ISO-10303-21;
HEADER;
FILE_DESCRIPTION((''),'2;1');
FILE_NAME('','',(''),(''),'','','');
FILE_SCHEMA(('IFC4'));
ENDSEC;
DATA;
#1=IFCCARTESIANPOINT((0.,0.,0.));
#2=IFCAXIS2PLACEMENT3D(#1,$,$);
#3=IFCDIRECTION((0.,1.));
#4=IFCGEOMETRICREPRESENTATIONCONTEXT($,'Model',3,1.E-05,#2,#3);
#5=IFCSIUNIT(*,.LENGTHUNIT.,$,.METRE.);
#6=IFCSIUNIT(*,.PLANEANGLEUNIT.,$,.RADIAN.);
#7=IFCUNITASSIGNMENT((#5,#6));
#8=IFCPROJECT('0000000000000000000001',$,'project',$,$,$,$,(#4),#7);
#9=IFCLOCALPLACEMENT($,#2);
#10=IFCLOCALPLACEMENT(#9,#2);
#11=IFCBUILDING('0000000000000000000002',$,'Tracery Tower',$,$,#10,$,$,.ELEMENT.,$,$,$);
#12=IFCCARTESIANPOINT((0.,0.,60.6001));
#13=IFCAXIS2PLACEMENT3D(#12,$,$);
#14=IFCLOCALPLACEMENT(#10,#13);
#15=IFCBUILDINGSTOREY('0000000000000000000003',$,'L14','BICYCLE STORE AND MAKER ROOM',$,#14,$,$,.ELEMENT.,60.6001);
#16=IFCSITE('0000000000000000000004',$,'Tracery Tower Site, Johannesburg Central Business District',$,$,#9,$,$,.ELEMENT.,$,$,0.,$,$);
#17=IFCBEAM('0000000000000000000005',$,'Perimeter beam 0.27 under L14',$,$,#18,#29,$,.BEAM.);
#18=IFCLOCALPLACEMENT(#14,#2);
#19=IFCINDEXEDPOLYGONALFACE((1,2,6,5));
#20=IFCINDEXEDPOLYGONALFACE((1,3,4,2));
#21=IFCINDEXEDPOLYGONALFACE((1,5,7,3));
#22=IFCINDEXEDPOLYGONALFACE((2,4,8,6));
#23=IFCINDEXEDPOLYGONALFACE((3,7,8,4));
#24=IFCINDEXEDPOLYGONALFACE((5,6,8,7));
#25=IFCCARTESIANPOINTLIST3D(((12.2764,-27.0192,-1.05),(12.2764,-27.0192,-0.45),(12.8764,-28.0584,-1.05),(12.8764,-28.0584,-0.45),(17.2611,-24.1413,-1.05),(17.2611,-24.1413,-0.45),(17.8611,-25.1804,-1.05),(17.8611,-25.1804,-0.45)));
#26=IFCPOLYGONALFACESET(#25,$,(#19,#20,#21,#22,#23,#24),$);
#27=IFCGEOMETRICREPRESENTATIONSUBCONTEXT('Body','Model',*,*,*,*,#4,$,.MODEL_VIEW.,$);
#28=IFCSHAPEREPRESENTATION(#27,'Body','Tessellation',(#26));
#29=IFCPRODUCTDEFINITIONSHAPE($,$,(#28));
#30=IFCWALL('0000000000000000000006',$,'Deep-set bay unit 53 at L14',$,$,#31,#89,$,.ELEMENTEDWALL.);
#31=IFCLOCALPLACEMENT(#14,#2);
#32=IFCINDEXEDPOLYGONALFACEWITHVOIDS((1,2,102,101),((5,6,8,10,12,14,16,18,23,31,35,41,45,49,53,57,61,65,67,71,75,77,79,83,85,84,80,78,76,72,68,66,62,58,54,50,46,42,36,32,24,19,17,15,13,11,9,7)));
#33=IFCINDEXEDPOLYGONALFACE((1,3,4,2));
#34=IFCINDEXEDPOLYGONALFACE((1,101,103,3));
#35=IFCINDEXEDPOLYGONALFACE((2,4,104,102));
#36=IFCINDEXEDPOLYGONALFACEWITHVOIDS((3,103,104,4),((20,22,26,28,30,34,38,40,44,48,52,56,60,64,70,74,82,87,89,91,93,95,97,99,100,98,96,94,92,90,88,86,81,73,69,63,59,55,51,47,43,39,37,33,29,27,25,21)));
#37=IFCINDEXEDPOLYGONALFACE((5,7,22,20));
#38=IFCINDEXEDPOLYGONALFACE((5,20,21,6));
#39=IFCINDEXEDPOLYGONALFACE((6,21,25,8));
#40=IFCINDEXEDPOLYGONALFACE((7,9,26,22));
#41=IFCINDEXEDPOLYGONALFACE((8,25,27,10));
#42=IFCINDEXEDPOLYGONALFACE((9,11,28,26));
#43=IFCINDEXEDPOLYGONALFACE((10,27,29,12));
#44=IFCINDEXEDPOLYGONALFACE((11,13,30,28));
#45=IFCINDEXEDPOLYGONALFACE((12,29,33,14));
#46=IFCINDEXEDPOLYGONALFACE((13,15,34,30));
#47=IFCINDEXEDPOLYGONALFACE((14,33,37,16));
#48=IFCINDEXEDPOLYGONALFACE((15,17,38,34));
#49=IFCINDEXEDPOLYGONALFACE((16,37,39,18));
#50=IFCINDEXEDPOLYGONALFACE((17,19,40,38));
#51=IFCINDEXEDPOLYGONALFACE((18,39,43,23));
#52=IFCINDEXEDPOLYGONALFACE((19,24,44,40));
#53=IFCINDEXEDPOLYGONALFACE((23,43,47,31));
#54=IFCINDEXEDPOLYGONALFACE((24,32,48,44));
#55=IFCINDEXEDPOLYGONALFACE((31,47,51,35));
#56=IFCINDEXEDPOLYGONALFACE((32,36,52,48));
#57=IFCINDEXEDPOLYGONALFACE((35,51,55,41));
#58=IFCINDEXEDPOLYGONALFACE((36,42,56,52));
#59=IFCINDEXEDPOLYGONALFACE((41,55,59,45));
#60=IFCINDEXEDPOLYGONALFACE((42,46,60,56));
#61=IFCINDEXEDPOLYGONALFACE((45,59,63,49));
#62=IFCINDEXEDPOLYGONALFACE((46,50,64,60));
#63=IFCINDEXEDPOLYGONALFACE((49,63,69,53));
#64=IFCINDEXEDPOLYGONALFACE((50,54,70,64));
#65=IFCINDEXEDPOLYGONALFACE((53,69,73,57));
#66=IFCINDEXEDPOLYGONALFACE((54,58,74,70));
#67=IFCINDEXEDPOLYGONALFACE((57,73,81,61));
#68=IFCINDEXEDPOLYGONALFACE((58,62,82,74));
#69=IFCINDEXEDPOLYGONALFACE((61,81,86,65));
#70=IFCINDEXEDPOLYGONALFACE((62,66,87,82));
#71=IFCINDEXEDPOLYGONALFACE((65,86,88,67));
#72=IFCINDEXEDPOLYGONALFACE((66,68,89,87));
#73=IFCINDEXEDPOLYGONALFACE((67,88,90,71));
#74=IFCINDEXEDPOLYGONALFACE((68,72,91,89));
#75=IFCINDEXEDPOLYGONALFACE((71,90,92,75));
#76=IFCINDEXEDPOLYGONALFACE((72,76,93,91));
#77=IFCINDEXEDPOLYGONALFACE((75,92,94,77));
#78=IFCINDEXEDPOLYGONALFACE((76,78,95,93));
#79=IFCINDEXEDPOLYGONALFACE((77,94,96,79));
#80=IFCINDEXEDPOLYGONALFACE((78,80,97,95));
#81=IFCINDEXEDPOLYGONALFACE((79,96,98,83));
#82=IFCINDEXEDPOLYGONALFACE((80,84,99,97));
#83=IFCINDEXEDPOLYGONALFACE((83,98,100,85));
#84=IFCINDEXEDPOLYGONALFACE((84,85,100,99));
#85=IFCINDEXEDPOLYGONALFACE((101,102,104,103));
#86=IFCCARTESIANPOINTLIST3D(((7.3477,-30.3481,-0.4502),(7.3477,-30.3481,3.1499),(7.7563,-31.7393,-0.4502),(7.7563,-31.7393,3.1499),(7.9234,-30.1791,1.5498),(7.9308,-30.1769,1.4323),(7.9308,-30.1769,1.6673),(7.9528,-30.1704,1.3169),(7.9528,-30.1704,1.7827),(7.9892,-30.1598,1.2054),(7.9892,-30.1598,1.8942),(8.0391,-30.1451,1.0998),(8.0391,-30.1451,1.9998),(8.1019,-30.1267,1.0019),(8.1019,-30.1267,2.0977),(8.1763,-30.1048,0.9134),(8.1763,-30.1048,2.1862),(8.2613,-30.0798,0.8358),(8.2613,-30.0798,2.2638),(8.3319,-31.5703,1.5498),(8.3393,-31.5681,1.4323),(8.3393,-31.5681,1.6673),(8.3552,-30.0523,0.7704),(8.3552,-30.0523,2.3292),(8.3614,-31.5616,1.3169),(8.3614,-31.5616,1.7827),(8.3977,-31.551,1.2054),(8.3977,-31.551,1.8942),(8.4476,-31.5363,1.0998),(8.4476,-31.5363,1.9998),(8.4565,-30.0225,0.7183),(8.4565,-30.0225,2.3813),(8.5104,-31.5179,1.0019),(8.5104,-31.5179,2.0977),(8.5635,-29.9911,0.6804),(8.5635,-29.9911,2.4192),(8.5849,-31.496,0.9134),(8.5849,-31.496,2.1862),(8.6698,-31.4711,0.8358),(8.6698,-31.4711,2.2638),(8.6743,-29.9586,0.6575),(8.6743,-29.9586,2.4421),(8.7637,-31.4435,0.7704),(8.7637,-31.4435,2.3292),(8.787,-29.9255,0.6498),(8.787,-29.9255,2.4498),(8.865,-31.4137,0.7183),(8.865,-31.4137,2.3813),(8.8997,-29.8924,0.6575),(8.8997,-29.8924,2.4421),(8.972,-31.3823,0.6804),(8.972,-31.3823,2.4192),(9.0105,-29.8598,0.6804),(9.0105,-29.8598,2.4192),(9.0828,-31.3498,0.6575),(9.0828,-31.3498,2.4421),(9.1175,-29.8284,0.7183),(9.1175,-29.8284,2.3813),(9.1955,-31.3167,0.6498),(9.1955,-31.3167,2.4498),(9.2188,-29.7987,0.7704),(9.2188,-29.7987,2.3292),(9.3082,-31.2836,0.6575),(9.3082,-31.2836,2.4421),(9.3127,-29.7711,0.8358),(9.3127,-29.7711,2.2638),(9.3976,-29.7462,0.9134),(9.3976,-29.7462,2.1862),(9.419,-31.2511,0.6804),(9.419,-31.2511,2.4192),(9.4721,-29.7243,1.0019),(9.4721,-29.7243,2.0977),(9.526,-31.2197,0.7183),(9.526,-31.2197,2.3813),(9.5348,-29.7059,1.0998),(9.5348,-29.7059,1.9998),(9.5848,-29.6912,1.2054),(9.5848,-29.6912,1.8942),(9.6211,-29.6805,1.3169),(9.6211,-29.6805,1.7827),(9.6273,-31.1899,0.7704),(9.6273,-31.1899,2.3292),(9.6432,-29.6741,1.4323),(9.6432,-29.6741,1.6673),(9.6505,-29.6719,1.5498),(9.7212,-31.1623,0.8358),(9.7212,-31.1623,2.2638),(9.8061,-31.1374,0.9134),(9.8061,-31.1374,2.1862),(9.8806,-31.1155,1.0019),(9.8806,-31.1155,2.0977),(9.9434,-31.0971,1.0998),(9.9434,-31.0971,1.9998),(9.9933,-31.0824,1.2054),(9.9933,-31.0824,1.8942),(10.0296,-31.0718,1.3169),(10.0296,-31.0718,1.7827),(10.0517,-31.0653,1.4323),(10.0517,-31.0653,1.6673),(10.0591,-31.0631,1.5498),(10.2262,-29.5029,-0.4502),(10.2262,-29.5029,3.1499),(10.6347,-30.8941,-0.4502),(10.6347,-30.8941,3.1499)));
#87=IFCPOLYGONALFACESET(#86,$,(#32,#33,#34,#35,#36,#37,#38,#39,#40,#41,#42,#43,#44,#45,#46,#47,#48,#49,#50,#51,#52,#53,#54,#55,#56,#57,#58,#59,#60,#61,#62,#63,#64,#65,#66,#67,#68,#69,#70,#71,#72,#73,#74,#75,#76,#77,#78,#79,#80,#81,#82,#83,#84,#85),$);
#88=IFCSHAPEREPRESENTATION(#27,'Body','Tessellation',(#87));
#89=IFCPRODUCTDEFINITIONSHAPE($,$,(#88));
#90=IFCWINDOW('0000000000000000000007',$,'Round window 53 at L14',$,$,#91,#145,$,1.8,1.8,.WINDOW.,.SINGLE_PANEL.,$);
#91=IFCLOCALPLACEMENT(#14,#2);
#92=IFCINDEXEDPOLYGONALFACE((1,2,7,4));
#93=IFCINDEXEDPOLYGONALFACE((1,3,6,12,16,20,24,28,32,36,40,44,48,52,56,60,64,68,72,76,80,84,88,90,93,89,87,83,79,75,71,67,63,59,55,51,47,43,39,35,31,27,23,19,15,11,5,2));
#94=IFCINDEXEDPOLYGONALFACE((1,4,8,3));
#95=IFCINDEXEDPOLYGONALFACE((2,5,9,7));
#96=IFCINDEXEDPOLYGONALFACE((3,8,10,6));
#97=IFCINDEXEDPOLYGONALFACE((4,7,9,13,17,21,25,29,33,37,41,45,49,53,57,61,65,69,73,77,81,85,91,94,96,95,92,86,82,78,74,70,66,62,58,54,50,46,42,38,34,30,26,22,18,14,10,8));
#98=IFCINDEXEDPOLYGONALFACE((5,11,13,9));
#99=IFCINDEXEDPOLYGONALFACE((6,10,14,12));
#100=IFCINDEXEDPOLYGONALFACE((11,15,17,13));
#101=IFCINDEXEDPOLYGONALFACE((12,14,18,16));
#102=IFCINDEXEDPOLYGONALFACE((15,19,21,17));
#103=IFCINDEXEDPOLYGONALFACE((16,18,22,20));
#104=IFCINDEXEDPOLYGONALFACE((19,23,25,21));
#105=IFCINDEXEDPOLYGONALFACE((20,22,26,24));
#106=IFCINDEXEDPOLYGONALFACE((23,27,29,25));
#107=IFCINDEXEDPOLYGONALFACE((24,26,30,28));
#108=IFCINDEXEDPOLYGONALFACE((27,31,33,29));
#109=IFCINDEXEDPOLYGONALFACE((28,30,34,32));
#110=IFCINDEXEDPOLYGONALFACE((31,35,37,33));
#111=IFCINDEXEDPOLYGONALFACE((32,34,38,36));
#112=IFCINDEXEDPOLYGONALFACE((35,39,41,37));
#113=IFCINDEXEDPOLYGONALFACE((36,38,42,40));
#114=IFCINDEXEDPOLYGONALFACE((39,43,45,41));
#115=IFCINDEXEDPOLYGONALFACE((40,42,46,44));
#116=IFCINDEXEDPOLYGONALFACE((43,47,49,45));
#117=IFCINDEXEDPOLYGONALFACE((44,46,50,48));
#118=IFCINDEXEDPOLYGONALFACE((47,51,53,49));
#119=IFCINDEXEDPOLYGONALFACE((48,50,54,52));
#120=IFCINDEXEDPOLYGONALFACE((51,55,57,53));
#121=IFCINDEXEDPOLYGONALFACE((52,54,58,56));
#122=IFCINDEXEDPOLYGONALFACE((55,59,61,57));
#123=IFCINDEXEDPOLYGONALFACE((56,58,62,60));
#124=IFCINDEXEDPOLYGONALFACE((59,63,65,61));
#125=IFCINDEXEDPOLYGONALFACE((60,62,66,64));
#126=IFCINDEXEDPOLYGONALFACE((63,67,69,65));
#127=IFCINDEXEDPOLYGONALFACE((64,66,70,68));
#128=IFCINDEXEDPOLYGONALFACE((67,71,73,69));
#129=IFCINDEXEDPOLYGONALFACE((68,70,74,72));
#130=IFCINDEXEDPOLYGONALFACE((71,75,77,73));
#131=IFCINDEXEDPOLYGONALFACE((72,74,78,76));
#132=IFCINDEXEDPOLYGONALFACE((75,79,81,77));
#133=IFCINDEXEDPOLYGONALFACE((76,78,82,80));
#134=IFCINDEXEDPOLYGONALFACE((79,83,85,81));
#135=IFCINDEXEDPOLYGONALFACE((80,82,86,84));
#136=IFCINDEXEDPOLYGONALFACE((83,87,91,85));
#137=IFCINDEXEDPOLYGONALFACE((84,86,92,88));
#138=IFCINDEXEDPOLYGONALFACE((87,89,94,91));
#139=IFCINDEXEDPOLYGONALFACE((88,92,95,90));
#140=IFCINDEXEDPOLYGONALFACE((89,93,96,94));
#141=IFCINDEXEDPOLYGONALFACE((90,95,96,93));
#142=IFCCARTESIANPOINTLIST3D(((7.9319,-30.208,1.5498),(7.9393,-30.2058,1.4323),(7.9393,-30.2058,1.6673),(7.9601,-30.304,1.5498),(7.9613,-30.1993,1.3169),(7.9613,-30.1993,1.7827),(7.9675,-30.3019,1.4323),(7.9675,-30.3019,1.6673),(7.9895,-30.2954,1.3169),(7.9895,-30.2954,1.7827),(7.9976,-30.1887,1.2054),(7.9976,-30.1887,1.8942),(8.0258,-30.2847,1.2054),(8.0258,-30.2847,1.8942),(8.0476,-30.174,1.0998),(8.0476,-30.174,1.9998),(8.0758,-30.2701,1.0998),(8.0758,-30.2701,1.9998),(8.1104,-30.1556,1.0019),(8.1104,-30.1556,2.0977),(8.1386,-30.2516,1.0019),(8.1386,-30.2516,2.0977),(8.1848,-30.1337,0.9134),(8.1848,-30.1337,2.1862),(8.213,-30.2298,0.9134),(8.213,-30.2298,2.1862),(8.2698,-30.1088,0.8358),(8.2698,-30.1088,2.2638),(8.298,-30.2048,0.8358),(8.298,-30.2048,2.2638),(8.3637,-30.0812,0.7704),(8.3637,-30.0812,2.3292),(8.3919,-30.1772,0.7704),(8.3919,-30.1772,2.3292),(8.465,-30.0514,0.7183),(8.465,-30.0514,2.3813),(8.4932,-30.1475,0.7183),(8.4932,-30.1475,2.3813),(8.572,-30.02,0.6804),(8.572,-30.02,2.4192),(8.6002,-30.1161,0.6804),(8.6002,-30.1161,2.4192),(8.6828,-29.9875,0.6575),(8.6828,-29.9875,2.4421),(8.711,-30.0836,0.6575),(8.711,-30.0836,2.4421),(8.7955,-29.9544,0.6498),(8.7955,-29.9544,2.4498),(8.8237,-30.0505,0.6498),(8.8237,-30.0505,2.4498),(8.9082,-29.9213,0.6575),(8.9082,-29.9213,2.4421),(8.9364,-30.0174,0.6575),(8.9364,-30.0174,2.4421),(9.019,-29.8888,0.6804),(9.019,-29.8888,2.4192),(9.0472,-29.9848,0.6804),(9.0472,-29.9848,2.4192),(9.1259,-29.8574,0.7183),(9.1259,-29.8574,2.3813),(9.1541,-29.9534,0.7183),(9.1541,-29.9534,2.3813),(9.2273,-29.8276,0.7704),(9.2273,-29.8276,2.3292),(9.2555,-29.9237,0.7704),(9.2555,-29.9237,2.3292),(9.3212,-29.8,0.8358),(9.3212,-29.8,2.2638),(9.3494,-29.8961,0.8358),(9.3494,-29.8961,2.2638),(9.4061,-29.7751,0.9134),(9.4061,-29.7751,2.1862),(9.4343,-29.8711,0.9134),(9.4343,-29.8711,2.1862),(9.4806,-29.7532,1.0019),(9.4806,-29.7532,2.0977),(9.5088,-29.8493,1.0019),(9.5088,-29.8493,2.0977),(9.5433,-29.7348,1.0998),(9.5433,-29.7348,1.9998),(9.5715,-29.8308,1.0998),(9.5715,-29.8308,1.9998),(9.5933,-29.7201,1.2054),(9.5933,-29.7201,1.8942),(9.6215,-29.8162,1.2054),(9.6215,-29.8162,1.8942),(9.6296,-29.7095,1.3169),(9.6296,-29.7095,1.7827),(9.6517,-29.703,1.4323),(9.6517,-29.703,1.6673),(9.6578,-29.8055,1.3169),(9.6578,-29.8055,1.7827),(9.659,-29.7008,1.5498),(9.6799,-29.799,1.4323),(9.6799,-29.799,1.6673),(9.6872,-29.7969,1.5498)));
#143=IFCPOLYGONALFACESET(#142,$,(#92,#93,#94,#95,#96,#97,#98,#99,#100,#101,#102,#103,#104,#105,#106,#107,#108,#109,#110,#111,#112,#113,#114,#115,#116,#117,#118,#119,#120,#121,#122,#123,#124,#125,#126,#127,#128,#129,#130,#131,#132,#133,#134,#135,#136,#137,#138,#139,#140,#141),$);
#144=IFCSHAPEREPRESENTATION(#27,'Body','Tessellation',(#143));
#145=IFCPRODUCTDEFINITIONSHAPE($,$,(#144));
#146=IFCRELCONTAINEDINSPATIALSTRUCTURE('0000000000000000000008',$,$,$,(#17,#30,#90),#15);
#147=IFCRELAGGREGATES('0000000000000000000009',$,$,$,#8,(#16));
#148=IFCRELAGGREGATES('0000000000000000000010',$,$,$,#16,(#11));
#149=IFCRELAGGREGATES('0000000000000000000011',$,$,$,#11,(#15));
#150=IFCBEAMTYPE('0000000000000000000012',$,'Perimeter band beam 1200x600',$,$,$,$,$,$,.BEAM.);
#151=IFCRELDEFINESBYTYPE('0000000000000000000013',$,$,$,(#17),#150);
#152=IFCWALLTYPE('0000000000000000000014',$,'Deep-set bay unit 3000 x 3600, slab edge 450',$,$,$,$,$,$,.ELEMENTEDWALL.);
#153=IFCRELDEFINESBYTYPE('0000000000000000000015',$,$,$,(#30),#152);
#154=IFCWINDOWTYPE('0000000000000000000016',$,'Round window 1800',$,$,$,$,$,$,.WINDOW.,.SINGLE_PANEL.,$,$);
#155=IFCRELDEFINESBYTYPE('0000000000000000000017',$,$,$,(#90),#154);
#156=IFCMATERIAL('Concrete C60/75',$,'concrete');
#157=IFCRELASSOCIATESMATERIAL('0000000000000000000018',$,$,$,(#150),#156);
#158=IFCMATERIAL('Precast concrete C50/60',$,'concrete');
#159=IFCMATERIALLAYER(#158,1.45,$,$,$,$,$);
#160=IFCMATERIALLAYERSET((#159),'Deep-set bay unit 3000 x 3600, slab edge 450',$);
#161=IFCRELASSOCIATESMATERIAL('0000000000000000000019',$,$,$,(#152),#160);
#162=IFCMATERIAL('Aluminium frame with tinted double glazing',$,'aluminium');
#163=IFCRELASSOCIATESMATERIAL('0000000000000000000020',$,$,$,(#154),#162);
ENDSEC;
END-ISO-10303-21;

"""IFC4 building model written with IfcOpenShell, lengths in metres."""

from ifc_helpers import new_model, si_unit, direction, frame, frame_2d, origin, origin_2d, place, context, subcontext, project, spatial, rectangle, circle, extrude, material, layer, layer_set, material_profile, profile_set, type_object, element, fill, save


model = new_model("IFC4")

# Units and contexts
model_context = context("Model", 3, precision=1e-05, world=origin(), true_north=direction((0.0, 1.0)))
body_context = subcontext(model_context, "Body", "Model", "MODEL_VIEW")
ifc_project = project(units=[si_unit("LENGTHUNIT", "METRE"), si_unit("PLANEANGLEUNIT", "RADIAN")], contexts=[model_context])

# Site, building, storey
site_placement = place(None, origin())
site = spatial("IfcSite", under=ifc_project, at=site_placement, Name="Tracery Tower Site, Johannesburg Central Business District", CompositionType="ELEMENT", RefElevation=0.0)
building_placement = place(site_placement, origin())
building = spatial("IfcBuilding", under=site, at=building_placement, Name="Tracery Tower", CompositionType="ELEMENT")
storey_placement = place(building_placement, frame((0.0, 0.0, 60.6001)))
storey = spatial("IfcBuildingStorey", under=building, at=storey_placement, Name="L14", Description="BICYCLE STORE AND MAKER ROOM", CompositionType="ELEMENT", Elevation=60.6001)

# Beam
ifc_material_1 = material(Name="Concrete C60/75", Category="concrete")
ifc_material_profile_1 = material_profile(ifc_material_1, rectangle(XDim=1.2, YDim=0.6001, at=origin_2d()), Name="RC 1200x600")
ifc_profile_set_1 = profile_set([ifc_material_profile_1], Name="Concrete C60/75")
beam_type = type_object("IfcBeamType", Name="Perimeter band beam 1200x600", PredefinedType="BEAM", material=ifc_profile_set_1)
beam_1_placement = place(storey_placement, frame((12.5764, -27.5388, -0.75), z_axis=(0.866021, 0.500008, 0.0), x_axis=(-0.500008, 0.866021, 0.0)))
element("IfcBeam", 1, at=beam_1_placement, inside=storey, type_object=beam_type, Name="Perimeter beam 0.27 under L14", PredefinedType="BEAM", context=body_context, shape_type="SweptSolid", body=[
    extrude(rectangle(XDim=1.2, YDim=0.6001, at=origin_2d()), origin(), (0.0, 0.0, 1.0), 5.7559),
])

# Wall, opening, window
ifc_material_2 = material(Name="Precast concrete C50/60", Category="concrete")
ifc_layer_1 = layer(ifc_material_2, 1.45)
ifc_layer_set_1 = layer_set([ifc_layer_1], Name="Deep-set bay unit 3000 x 3600, slab edge 450")
wall_type_1 = type_object("IfcWallType", Name="Deep-set bay unit 3000 x 3600, slab edge 450", PredefinedType="ELEMENTEDWALL", material=ifc_layer_set_1)
wall_1_placement = place(storey_placement, frame((7.552, -31.0437, -0.4502), z_axis=(0.0, 0.0, 1.0), x_axis=(0.95949, 0.281743, 0.0)))
wall_1 = element("IfcWall", 2, at=wall_1_placement, inside=storey, type_object=wall_type_1, Name="Deep-set bay unit 53 at L14", PredefinedType="ELEMENTEDWALL", context=body_context, shape_type="SweptSolid", body=[
    extrude(rectangle(XDim=3.0, YDim=1.45, at=frame_2d((1.5, 0.0))), origin(), (0.0, 0.0, 1.0), 3.6001),
])
opening_1_placement = place(wall_1_placement, frame((1.5, 0.0, 2.0)))
opening_1 = element("IfcOpeningElement", 3, at=opening_1_placement, cuts=wall_1, PredefinedType="OPENING", context=body_context, shape_type="SweptSolid", body=[
    extrude(circle(Radius=0.9, at=origin_2d()), frame((0.0, 0.7349, 0.0), z_axis=(0.0, -1.0, 0.0), x_axis=(1.0, 0.0, 0.0)), (0.0, 0.0, 1.0), 1.47),
])
ifc_material_3 = material(Name="Aluminium frame with tinted double glazing", Category="aluminium")
window_type = type_object("IfcWindowType", Name="Round window 1800", PartitioningType="SINGLE_PANEL", PredefinedType="WINDOW", material=ifc_material_3)
window_1_placement = place(opening_1_placement, origin())
window_1 = element("IfcWindow", 4, at=window_1_placement, inside=storey, type_object=window_type, Name="Round window 53 at L14", OverallHeight=1.8, OverallWidth=1.8, PartitioningType="SINGLE_PANEL", PredefinedType="WINDOW", context=body_context, shape_type="SweptSolid", body=[
    extrude(circle(Radius=0.9, at=origin_2d()), frame((0.0, 0.6948, 0.0), z_axis=(0.0, -1.0, 0.0), x_axis=(1.0, 0.0, 0.0)), (0.0, 0.0, 1.0), 0.1001),
])
fill(opening_1, window_1)

save(model, "model.ifc")
